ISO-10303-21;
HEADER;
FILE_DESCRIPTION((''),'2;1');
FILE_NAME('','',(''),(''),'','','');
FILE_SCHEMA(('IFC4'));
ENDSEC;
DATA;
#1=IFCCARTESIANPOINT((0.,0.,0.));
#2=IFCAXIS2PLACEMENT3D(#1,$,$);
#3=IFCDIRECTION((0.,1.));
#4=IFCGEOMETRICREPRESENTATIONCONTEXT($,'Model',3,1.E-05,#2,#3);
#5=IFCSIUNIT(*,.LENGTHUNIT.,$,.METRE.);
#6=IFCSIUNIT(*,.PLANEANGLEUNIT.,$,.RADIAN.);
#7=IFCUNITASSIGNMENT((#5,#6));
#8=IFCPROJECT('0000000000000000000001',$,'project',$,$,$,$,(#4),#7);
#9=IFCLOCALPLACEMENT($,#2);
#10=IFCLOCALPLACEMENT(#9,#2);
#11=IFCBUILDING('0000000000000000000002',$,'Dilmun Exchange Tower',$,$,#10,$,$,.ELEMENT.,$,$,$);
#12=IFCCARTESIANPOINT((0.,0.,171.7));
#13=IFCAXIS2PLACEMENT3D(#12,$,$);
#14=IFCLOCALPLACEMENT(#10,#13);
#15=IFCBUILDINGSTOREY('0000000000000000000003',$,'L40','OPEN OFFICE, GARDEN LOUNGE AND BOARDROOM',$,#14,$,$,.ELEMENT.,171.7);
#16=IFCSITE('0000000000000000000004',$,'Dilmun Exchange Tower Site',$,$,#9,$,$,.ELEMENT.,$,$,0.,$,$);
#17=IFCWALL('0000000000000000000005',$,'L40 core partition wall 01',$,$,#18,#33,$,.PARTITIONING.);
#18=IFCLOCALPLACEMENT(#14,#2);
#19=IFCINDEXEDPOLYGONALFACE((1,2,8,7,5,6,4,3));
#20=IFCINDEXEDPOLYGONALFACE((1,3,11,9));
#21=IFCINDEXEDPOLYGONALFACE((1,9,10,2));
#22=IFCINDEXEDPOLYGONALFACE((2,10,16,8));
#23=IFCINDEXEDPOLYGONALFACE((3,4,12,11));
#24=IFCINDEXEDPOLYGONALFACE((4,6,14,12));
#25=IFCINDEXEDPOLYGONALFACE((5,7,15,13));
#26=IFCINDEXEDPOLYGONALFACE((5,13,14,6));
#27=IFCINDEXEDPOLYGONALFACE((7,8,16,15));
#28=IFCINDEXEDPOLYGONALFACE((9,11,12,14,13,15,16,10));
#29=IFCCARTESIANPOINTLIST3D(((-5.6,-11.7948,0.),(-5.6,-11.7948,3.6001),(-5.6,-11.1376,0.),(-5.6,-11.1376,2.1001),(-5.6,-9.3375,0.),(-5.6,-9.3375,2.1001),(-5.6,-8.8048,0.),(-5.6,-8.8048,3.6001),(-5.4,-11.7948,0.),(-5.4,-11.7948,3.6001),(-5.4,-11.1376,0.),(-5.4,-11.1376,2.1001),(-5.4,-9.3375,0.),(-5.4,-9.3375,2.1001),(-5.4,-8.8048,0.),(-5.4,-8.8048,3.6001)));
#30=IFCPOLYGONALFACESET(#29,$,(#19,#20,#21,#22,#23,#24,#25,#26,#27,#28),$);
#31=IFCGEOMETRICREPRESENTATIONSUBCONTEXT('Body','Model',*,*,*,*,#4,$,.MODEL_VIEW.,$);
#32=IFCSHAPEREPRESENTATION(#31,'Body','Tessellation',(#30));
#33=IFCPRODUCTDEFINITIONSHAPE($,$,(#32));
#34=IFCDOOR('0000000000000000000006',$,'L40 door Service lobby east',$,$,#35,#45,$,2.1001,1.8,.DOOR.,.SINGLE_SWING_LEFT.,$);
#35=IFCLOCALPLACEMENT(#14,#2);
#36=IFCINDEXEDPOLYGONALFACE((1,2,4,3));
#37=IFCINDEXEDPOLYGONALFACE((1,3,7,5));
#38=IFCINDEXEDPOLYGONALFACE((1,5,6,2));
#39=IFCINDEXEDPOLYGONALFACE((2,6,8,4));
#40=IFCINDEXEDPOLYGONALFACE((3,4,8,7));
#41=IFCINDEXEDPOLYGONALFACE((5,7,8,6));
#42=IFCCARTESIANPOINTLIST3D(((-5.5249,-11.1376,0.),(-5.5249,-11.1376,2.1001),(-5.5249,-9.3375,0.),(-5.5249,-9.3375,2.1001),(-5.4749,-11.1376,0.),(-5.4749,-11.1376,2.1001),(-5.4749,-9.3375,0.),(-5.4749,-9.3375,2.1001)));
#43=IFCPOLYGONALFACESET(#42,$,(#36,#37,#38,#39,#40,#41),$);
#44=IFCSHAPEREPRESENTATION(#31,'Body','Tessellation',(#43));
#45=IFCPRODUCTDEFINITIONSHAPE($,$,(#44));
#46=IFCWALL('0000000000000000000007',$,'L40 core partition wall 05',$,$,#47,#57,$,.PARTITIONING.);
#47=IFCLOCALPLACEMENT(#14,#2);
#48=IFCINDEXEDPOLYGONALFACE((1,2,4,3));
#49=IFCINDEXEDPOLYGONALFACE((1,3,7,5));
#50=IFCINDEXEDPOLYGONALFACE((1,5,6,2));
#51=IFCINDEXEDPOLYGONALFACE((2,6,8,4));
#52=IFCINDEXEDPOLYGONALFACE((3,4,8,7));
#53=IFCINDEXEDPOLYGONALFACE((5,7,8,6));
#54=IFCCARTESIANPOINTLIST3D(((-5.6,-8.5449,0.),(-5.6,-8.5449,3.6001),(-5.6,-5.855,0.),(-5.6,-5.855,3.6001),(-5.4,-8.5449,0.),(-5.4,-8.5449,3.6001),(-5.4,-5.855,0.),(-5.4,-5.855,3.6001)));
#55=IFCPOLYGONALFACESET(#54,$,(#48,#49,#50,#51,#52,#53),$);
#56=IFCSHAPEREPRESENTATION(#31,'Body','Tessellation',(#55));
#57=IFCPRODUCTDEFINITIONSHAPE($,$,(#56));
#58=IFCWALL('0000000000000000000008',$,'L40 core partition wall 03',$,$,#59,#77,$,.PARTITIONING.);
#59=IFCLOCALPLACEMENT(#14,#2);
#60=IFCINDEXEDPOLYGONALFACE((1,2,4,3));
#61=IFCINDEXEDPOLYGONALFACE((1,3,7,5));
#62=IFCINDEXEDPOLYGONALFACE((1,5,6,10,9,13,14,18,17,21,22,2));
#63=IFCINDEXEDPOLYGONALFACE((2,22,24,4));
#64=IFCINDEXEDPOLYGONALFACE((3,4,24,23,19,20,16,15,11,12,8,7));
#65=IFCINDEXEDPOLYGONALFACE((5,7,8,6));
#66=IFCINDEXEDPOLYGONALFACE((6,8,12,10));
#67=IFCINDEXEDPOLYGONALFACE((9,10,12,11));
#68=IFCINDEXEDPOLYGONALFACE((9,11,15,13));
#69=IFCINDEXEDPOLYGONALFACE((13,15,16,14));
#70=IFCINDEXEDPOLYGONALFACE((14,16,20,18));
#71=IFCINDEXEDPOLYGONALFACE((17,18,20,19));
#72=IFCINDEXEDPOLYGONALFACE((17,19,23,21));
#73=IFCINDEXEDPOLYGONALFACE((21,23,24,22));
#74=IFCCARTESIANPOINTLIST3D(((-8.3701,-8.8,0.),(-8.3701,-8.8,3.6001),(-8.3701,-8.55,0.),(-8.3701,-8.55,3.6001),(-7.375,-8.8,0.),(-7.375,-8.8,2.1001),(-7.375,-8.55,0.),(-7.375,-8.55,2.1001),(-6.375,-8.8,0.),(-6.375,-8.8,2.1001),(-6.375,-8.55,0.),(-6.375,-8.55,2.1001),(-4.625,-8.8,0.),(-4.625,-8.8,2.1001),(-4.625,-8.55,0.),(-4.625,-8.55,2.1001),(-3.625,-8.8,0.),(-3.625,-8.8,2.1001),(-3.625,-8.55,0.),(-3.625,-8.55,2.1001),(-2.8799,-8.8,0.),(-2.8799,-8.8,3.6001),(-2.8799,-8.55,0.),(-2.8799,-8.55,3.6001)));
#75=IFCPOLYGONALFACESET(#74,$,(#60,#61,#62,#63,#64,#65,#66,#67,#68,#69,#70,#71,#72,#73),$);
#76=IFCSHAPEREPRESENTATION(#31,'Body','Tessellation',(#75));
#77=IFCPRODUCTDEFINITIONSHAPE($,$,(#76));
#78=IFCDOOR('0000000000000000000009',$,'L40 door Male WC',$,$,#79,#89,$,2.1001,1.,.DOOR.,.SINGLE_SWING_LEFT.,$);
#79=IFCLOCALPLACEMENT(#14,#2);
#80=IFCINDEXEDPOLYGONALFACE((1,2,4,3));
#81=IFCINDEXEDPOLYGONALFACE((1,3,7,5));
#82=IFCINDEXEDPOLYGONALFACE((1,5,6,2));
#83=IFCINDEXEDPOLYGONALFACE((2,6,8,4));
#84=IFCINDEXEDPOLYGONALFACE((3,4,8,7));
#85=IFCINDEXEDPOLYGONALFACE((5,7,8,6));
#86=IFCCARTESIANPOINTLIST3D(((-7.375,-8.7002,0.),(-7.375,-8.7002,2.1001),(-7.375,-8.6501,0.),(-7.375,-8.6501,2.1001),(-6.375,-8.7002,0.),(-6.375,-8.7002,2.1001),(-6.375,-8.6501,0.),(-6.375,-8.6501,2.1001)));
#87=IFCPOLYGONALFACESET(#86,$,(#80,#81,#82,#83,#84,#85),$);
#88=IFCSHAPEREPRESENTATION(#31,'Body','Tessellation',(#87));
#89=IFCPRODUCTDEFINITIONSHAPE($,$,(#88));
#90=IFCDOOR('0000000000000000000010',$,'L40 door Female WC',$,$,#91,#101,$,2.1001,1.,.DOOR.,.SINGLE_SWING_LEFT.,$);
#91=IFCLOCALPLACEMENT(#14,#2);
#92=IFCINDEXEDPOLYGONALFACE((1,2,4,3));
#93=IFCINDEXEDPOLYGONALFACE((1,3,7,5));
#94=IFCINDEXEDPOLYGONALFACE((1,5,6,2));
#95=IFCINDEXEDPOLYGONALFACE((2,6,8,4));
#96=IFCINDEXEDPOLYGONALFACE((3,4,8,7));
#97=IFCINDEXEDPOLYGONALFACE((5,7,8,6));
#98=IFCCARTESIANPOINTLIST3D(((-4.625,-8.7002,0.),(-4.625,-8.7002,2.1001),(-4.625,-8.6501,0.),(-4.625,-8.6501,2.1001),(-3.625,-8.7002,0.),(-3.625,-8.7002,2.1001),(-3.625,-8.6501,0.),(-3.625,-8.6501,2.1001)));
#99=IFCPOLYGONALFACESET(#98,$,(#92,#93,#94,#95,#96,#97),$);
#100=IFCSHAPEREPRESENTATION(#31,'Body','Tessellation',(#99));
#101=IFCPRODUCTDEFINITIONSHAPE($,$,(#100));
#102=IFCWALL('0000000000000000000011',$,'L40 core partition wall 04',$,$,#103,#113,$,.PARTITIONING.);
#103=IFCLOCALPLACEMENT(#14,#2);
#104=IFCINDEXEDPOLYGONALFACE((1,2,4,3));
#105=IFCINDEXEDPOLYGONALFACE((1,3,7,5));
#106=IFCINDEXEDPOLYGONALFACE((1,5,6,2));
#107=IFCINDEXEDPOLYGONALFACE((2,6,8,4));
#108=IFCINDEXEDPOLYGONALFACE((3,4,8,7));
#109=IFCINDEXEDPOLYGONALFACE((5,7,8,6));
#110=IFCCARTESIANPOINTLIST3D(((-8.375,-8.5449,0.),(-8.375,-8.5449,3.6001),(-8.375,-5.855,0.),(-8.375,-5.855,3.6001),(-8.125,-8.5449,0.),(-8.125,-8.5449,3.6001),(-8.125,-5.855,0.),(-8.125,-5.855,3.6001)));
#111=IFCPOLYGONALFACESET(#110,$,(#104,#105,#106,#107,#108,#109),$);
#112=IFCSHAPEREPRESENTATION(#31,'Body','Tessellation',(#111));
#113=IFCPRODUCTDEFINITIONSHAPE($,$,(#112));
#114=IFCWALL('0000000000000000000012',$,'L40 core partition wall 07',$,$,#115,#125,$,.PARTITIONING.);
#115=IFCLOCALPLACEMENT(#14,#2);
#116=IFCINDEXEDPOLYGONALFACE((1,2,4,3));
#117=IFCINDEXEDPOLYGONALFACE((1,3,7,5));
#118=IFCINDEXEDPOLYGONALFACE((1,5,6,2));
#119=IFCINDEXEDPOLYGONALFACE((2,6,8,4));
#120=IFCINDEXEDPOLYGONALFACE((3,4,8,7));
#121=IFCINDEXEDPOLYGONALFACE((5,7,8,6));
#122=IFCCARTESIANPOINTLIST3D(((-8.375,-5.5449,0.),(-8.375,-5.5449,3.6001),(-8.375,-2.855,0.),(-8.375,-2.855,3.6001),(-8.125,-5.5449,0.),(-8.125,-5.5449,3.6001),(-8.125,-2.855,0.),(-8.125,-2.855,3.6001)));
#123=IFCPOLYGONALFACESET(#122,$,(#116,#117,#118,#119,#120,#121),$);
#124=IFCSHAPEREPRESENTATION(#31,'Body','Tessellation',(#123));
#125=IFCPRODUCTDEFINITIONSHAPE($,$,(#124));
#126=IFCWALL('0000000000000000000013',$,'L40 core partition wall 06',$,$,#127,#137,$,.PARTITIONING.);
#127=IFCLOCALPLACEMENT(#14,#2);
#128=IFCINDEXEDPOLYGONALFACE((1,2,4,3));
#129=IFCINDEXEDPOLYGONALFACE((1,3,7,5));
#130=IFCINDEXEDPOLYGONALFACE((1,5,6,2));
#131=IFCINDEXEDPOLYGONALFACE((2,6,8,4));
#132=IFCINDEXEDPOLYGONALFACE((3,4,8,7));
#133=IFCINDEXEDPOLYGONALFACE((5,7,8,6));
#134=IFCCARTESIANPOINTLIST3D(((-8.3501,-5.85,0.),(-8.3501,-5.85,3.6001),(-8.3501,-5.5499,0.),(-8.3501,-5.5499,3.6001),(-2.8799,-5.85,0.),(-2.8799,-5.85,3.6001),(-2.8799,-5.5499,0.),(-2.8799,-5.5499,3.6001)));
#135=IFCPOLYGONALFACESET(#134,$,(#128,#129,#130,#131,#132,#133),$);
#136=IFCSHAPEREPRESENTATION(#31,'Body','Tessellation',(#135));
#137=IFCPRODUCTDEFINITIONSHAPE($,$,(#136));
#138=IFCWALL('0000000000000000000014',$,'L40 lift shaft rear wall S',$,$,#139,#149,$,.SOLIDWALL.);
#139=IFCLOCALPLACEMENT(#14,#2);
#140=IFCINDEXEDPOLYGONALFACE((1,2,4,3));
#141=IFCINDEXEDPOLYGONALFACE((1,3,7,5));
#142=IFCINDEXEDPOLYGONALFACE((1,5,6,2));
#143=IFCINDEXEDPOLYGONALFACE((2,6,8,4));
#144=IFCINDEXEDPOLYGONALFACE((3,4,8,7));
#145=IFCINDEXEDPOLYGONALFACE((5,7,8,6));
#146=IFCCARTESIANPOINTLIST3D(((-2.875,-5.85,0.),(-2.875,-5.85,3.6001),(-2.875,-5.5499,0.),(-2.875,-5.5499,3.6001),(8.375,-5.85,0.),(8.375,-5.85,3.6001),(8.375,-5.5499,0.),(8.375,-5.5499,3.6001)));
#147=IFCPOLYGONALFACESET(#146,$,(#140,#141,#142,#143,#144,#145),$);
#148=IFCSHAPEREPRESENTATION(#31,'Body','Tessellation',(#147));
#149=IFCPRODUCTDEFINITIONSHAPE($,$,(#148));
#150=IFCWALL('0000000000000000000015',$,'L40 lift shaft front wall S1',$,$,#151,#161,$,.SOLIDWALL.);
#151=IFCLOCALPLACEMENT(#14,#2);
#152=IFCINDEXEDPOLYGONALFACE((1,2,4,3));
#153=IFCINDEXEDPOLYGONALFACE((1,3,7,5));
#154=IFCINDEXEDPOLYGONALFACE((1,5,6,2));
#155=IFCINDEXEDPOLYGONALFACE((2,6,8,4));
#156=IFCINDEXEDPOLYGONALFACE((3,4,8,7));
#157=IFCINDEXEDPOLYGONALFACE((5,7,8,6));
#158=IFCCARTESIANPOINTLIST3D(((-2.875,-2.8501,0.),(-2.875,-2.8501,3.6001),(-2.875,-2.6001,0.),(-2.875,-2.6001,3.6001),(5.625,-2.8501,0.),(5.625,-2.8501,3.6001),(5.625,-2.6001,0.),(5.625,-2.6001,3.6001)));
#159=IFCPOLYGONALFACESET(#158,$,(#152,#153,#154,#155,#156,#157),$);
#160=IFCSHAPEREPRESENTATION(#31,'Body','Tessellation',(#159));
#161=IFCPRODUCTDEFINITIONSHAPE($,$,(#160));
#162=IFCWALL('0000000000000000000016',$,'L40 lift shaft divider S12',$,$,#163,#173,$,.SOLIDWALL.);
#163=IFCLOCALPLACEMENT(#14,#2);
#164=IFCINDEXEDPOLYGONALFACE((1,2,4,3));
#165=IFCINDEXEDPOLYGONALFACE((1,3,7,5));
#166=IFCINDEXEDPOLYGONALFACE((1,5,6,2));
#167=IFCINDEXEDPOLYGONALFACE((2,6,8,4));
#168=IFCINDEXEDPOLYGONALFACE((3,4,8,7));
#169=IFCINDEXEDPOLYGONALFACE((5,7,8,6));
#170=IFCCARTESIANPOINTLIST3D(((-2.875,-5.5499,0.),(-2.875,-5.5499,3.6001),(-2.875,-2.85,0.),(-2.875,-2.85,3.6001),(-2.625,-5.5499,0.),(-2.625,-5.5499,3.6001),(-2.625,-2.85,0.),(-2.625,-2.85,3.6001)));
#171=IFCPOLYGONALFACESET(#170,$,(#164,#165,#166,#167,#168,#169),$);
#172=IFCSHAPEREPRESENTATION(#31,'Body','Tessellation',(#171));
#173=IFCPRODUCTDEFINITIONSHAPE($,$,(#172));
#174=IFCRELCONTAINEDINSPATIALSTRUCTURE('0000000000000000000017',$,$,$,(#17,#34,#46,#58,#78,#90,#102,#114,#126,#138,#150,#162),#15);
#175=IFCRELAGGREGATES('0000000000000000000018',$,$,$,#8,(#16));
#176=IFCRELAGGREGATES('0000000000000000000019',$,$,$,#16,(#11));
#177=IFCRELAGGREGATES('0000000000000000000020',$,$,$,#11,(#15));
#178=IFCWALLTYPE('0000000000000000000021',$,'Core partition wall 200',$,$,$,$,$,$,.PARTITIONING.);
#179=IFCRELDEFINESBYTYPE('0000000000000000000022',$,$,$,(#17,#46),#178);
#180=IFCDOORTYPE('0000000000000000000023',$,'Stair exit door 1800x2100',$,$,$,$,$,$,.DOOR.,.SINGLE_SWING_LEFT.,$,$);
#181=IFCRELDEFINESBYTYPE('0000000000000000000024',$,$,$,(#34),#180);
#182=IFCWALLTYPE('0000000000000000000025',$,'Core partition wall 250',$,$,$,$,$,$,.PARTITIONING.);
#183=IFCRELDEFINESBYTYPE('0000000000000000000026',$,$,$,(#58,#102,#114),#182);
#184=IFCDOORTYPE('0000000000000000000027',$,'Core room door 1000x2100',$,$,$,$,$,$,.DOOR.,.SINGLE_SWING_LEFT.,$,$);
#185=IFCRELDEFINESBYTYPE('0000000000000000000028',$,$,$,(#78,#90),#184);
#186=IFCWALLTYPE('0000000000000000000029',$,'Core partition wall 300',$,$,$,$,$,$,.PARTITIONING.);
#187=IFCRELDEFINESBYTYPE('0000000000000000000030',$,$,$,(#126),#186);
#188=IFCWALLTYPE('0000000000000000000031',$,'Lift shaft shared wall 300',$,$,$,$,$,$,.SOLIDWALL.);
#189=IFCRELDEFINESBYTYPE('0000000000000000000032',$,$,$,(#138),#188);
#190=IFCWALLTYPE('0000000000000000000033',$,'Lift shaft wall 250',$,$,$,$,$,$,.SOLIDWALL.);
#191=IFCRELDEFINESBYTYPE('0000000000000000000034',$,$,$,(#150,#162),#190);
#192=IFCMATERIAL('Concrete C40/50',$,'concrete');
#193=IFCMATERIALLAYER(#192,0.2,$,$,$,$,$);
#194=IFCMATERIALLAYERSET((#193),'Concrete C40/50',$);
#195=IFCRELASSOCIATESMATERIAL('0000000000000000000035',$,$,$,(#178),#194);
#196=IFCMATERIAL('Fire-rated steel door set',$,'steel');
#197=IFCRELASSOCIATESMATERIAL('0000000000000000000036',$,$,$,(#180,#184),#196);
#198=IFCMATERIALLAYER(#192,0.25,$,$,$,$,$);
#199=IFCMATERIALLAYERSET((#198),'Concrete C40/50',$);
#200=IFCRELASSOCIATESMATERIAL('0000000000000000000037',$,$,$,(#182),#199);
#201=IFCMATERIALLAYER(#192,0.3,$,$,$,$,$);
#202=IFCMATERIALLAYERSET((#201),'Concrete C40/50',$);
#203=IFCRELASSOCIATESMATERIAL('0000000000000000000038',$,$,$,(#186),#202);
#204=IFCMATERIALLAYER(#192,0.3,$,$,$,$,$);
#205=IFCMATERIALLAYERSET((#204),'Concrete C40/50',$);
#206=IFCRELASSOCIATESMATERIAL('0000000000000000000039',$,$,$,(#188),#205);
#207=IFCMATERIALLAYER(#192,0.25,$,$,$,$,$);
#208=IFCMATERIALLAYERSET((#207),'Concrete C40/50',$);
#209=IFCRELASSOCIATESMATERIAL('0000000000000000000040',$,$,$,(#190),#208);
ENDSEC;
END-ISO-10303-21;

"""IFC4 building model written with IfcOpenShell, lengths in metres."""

from ifc_helpers import new_model, si_unit, direction, frame, frame_2d, origin, place, context, subcontext, project, spatial, rectangle, extrude, material, layer, layer_set, type_object, element, fill, save


model = new_model("IFC4")

# Units and contexts
model_context = context("Model", 3, precision=1e-05, world=origin(), true_north=direction((0.0, 1.0)))
body_context = subcontext(model_context, "Body", "Model", "MODEL_VIEW")
ifc_project = project(units=[si_unit("LENGTHUNIT", "METRE"), si_unit("PLANEANGLEUNIT", "RADIAN")], contexts=[model_context])

# Site, building, storey
site_placement = place(None, origin())
site = spatial("IfcSite", under=ifc_project, at=site_placement, Name="Dilmun Exchange Tower Site", CompositionType="ELEMENT", RefElevation=0.0)
building_placement = place(site_placement, origin())
building = spatial("IfcBuilding", under=site, at=building_placement, Name="Dilmun Exchange Tower", CompositionType="ELEMENT")
storey_placement = place(building_placement, frame((0.0, 0.0, 171.7)))
storey = spatial("IfcBuildingStorey", under=building, at=storey_placement, Name="L40", Description="OPEN OFFICE, GARDEN LOUNGE AND BOARDROOM", CompositionType="ELEMENT", Elevation=171.7)

# Wall, opening, door
ifc_material_1 = material(Name="Concrete C40/50", Category="concrete")
ifc_layer_1 = layer(ifc_material_1, 0.2)
ifc_layer_set_1 = layer_set([ifc_layer_1], Name="Concrete C40/50")
wall_type_1 = type_object("IfcWallType", Name="Core partition wall 200", PredefinedType="PARTITIONING", material=ifc_layer_set_1)
wall_1_placement = place(storey_placement, frame((-5.5, -11.7949, 0.0), z_axis=(0.0, 0.0, 1.0), x_axis=(0.0, 1.0, 0.0)))
wall_1 = element("IfcWall", 1, at=wall_1_placement, inside=storey, type_object=wall_type_1, Name="L40 core partition wall 01", PredefinedType="PARTITIONING", context=body_context, shape_type="SweptSolid", body=[
    extrude(rectangle(XDim=2.99, YDim=0.2, at=frame_2d((1.4951, 0.0))), origin(), (0.0, 0.0, 1.0), 3.6001),
])
opening_1_placement = place(wall_1_placement, frame((0.6575, 0.0, 0.0)))
opening_1 = element("IfcOpeningElement", 2, at=opening_1_placement, cuts=wall_1, PredefinedType="OPENING", context=body_context, shape_type="SweptSolid", body=[
    extrude(rectangle(XDim=1.8, YDim=2.1001, at=frame_2d((0.8999, 1.05))), frame((0.0, 0.1099, 0.0), z_axis=(0.0, -1.0, 0.0), x_axis=(1.0, 0.0, 0.0)), (0.0, 0.0, 1.0), 0.22),
])
ifc_material_2 = material(Name="Fire-rated steel door set", Category="steel")
door_type_1 = type_object("IfcDoorType", Name="Stair exit door 1800x2100", OperationType="SINGLE_SWING_LEFT", PredefinedType="DOOR", material=ifc_material_2)
door_1_placement = place(opening_1_placement, origin())
door_1 = element("IfcDoor", 3, at=door_1_placement, inside=storey, type_object=door_type_1, Name="L40 door Service lobby east", OperationType="SINGLE_SWING_LEFT", OverallHeight=2.1001, OverallWidth=1.8, PredefinedType="DOOR", context=body_context, shape_type="SweptSolid", body=[
    extrude(rectangle(XDim=1.8, YDim=2.1001, at=frame_2d((0.8999, 1.05))), frame((0.0, 0.0249, 0.0), z_axis=(0.0, -1.0, 0.0), x_axis=(1.0, 0.0, 0.0)), (0.0, 0.0, 1.0), 0.05),
])
fill(opening_1, door_1)

# Wall
wall_2_placement = place(storey_placement, frame((-5.5, -8.5449, 0.0), z_axis=(0.0, 0.0, 1.0), x_axis=(0.0, 1.0, 0.0)))
element("IfcWall", 4, at=wall_2_placement, inside=storey, type_object=wall_type_1, Name="L40 core partition wall 05", PredefinedType="PARTITIONING", context=body_context, shape_type="SweptSolid", body=[
    extrude(rectangle(XDim=2.6899, YDim=0.2, at=frame_2d((1.345, 0.0))), origin(), (0.0, 0.0, 1.0), 3.6001),
])

# Wall, openings, doors
ifc_layer_2 = layer(ifc_material_1, 0.25)
ifc_layer_set_2 = layer_set([ifc_layer_2], Name="Concrete C40/50")
wall_type_2 = type_object("IfcWallType", Name="Core partition wall 250", PredefinedType="PARTITIONING", material=ifc_layer_set_2)
wall_3_placement = place(storey_placement, frame((-8.3701, -8.675, 0.0), z_axis=(0.0, 0.0, 1.0), x_axis=(1.0, 0.0, 0.0)))
wall_3 = element("IfcWall", 5, at=wall_3_placement, inside=storey, type_object=wall_type_2, Name="L40 core partition wall 03", PredefinedType="PARTITIONING", context=body_context, shape_type="SweptSolid", body=[
    extrude(rectangle(XDim=5.4902, YDim=0.25, at=frame_2d((2.7451, 0.0))), origin(), (0.0, 0.0, 1.0), 3.6001),
])
opening_2_placement = place(wall_3_placement, frame((0.9951, 0.0, 0.0)))
opening_2 = element("IfcOpeningElement", 6, at=opening_2_placement, cuts=wall_3, PredefinedType="OPENING", context=body_context, shape_type="SweptSolid", body=[
    extrude(rectangle(XDim=1.0, YDim=2.1001, at=frame_2d((0.5, 1.05))), frame((0.0, 0.135, 0.0), z_axis=(0.0, -1.0, 0.0), x_axis=(1.0, 0.0, 0.0)), (0.0, 0.0, 1.0), 0.27),
])
opening_3_placement = place(wall_3_placement, frame((3.7451, 0.0, 0.0)))
opening_3 = element("IfcOpeningElement", 7, at=opening_3_placement, cuts=wall_3, PredefinedType="OPENING", context=body_context, shape_type="SweptSolid", body=[
    extrude(rectangle(XDim=1.0, YDim=2.1001, at=frame_2d((0.5, 1.05))), frame((0.0, 0.135, 0.0), z_axis=(0.0, -1.0, 0.0), x_axis=(1.0, 0.0, 0.0)), (0.0, 0.0, 1.0), 0.27),
])
door_type_2 = type_object("IfcDoorType", Name="Core room door 1000x2100", OperationType="SINGLE_SWING_LEFT", PredefinedType="DOOR", material=ifc_material_2)
door_2_placement = place(opening_2_placement, origin())
door_2 = element("IfcDoor", 8, at=door_2_placement, inside=storey, type_object=door_type_2, Name="L40 door Male WC", OperationType="SINGLE_SWING_LEFT", OverallHeight=2.1001, OverallWidth=1.0, PredefinedType="DOOR", context=body_context, shape_type="SweptSolid", body=[
    extrude(rectangle(XDim=1.0, YDim=2.1001, at=frame_2d((0.5, 1.05))), frame((0.0, 0.0249, 0.0), z_axis=(0.0, -1.0, 0.0), x_axis=(1.0, 0.0, 0.0)), (0.0, 0.0, 1.0), 0.05),
])
fill(opening_2, door_2)
door_3_placement = place(opening_3_placement, origin())
door_3 = element("IfcDoor", 9, at=door_3_placement, inside=storey, type_object=door_type_2, Name="L40 door Female WC", OperationType="SINGLE_SWING_LEFT", OverallHeight=2.1001, OverallWidth=1.0, PredefinedType="DOOR", context=body_context, shape_type="SweptSolid", body=[
    extrude(rectangle(XDim=1.0, YDim=2.1001, at=frame_2d((0.5, 1.05))), frame((0.0, 0.0249, 0.0), z_axis=(0.0, -1.0, 0.0), x_axis=(1.0, 0.0, 0.0)), (0.0, 0.0, 1.0), 0.05),
])
fill(opening_3, door_3)

# Walls
for number, where, z_axis, x_axis, name in (
    (10, (-8.25, -8.5449, 0.0), (0.0, 0.0, 1.0), (0.0, 1.0, 0.0), "L40 core partition wall 04"),
    (11, (-8.25, -5.5449, 0.0), (0.0, 0.0, 1.0), (0.0, 1.0, 0.0), "L40 core partition wall 07"),
):
    element("IfcWall", number, at=place(storey_placement, frame(where, z_axis=z_axis, x_axis=x_axis)), inside=storey, type_object=wall_type_2, Name=name, PredefinedType="PARTITIONING", context=body_context, shape_type="SweptSolid", body=[
        extrude(rectangle(XDim=2.6899, YDim=0.25, at=frame_2d((1.345, 0.0))), origin(), (0.0, 0.0, 1.0), 3.6001),
    ])
ifc_layer_3 = layer(ifc_material_1, 0.3)
ifc_layer_set_3 = layer_set([ifc_layer_3], Name="Concrete C40/50")
wall_type_3 = type_object("IfcWallType", Name="Core partition wall 300", PredefinedType="PARTITIONING", material=ifc_layer_set_3)
wall_4_placement = place(storey_placement, frame((-8.3501, -5.7, 0.0), z_axis=(0.0, 0.0, 1.0), x_axis=(1.0, 0.0, 0.0)))
element("IfcWall", 12, at=wall_4_placement, inside=storey, type_object=wall_type_3, Name="L40 core partition wall 06", PredefinedType="PARTITIONING", context=body_context, shape_type="SweptSolid", body=[
    extrude(rectangle(XDim=5.4702, YDim=0.3, at=frame_2d((2.7351, 0.0))), origin(), (0.0, 0.0, 1.0), 3.6001),
])
ifc_layer_4 = layer(ifc_material_1, 0.3)
ifc_layer_set_4 = layer_set([ifc_layer_4], Name="Concrete C40/50")
wall_type_4 = type_object("IfcWallType", Name="Lift shaft shared wall 300", PredefinedType="SOLIDWALL", material=ifc_layer_set_4)
wall_5_placement = place(storey_placement, frame((-2.875, -5.7, 0.0), z_axis=(0.0, 0.0, 1.0), x_axis=(1.0, 0.0, 0.0)))
element("IfcWall", 13, at=wall_5_placement, inside=storey, type_object=wall_type_4, Name="L40 lift shaft rear wall S", PredefinedType="SOLIDWALL", context=body_context, shape_type="SweptSolid", body=[
    extrude(rectangle(XDim=11.25, YDim=0.3, at=frame_2d((5.625, 0.0))), origin(), (0.0, 0.0, 1.0), 3.6001),
])
ifc_layer_5 = layer(ifc_material_1, 0.25)
ifc_layer_set_5 = layer_set([ifc_layer_5], Name="Concrete C40/50")
wall_type_5 = type_object("IfcWallType", Name="Lift shaft wall 250", PredefinedType="SOLIDWALL", material=ifc_layer_set_5)
wall_6_placement = place(storey_placement, frame((-2.875, -2.7251, 0.0), z_axis=(0.0, 0.0, 1.0), x_axis=(1.0, 0.0, 0.0)))
element("IfcWall", 14, at=wall_6_placement, inside=storey, type_object=wall_type_5, Name="L40 lift shaft front wall S1", PredefinedType="SOLIDWALL", context=body_context, shape_type="SweptSolid", body=[
    extrude(rectangle(XDim=8.5, YDim=0.25, at=frame_2d((4.25, 0.0))), origin(), (0.0, 0.0, 1.0), 3.6001),
])
for number, where, z_axis, x_axis, name in (
    (15, (-2.75, -5.55, 0.0), (0.0, 0.0, 1.0), (0.0, 1.0, 0.0), "L40 lift shaft divider S12"),
):
    element("IfcWall", number, at=place(storey_placement, frame(where, z_axis=z_axis, x_axis=x_axis)), inside=storey, type_object=wall_type_5, Name=name, PredefinedType="SOLIDWALL", context=body_context, shape_type="SweptSolid", body=[
        extrude(rectangle(XDim=2.7, YDim=0.25, at=frame_2d((1.3501, 0.0))), origin(), (0.0, 0.0, 1.0), 3.6001),
    ])

save(model, "model.ifc")
